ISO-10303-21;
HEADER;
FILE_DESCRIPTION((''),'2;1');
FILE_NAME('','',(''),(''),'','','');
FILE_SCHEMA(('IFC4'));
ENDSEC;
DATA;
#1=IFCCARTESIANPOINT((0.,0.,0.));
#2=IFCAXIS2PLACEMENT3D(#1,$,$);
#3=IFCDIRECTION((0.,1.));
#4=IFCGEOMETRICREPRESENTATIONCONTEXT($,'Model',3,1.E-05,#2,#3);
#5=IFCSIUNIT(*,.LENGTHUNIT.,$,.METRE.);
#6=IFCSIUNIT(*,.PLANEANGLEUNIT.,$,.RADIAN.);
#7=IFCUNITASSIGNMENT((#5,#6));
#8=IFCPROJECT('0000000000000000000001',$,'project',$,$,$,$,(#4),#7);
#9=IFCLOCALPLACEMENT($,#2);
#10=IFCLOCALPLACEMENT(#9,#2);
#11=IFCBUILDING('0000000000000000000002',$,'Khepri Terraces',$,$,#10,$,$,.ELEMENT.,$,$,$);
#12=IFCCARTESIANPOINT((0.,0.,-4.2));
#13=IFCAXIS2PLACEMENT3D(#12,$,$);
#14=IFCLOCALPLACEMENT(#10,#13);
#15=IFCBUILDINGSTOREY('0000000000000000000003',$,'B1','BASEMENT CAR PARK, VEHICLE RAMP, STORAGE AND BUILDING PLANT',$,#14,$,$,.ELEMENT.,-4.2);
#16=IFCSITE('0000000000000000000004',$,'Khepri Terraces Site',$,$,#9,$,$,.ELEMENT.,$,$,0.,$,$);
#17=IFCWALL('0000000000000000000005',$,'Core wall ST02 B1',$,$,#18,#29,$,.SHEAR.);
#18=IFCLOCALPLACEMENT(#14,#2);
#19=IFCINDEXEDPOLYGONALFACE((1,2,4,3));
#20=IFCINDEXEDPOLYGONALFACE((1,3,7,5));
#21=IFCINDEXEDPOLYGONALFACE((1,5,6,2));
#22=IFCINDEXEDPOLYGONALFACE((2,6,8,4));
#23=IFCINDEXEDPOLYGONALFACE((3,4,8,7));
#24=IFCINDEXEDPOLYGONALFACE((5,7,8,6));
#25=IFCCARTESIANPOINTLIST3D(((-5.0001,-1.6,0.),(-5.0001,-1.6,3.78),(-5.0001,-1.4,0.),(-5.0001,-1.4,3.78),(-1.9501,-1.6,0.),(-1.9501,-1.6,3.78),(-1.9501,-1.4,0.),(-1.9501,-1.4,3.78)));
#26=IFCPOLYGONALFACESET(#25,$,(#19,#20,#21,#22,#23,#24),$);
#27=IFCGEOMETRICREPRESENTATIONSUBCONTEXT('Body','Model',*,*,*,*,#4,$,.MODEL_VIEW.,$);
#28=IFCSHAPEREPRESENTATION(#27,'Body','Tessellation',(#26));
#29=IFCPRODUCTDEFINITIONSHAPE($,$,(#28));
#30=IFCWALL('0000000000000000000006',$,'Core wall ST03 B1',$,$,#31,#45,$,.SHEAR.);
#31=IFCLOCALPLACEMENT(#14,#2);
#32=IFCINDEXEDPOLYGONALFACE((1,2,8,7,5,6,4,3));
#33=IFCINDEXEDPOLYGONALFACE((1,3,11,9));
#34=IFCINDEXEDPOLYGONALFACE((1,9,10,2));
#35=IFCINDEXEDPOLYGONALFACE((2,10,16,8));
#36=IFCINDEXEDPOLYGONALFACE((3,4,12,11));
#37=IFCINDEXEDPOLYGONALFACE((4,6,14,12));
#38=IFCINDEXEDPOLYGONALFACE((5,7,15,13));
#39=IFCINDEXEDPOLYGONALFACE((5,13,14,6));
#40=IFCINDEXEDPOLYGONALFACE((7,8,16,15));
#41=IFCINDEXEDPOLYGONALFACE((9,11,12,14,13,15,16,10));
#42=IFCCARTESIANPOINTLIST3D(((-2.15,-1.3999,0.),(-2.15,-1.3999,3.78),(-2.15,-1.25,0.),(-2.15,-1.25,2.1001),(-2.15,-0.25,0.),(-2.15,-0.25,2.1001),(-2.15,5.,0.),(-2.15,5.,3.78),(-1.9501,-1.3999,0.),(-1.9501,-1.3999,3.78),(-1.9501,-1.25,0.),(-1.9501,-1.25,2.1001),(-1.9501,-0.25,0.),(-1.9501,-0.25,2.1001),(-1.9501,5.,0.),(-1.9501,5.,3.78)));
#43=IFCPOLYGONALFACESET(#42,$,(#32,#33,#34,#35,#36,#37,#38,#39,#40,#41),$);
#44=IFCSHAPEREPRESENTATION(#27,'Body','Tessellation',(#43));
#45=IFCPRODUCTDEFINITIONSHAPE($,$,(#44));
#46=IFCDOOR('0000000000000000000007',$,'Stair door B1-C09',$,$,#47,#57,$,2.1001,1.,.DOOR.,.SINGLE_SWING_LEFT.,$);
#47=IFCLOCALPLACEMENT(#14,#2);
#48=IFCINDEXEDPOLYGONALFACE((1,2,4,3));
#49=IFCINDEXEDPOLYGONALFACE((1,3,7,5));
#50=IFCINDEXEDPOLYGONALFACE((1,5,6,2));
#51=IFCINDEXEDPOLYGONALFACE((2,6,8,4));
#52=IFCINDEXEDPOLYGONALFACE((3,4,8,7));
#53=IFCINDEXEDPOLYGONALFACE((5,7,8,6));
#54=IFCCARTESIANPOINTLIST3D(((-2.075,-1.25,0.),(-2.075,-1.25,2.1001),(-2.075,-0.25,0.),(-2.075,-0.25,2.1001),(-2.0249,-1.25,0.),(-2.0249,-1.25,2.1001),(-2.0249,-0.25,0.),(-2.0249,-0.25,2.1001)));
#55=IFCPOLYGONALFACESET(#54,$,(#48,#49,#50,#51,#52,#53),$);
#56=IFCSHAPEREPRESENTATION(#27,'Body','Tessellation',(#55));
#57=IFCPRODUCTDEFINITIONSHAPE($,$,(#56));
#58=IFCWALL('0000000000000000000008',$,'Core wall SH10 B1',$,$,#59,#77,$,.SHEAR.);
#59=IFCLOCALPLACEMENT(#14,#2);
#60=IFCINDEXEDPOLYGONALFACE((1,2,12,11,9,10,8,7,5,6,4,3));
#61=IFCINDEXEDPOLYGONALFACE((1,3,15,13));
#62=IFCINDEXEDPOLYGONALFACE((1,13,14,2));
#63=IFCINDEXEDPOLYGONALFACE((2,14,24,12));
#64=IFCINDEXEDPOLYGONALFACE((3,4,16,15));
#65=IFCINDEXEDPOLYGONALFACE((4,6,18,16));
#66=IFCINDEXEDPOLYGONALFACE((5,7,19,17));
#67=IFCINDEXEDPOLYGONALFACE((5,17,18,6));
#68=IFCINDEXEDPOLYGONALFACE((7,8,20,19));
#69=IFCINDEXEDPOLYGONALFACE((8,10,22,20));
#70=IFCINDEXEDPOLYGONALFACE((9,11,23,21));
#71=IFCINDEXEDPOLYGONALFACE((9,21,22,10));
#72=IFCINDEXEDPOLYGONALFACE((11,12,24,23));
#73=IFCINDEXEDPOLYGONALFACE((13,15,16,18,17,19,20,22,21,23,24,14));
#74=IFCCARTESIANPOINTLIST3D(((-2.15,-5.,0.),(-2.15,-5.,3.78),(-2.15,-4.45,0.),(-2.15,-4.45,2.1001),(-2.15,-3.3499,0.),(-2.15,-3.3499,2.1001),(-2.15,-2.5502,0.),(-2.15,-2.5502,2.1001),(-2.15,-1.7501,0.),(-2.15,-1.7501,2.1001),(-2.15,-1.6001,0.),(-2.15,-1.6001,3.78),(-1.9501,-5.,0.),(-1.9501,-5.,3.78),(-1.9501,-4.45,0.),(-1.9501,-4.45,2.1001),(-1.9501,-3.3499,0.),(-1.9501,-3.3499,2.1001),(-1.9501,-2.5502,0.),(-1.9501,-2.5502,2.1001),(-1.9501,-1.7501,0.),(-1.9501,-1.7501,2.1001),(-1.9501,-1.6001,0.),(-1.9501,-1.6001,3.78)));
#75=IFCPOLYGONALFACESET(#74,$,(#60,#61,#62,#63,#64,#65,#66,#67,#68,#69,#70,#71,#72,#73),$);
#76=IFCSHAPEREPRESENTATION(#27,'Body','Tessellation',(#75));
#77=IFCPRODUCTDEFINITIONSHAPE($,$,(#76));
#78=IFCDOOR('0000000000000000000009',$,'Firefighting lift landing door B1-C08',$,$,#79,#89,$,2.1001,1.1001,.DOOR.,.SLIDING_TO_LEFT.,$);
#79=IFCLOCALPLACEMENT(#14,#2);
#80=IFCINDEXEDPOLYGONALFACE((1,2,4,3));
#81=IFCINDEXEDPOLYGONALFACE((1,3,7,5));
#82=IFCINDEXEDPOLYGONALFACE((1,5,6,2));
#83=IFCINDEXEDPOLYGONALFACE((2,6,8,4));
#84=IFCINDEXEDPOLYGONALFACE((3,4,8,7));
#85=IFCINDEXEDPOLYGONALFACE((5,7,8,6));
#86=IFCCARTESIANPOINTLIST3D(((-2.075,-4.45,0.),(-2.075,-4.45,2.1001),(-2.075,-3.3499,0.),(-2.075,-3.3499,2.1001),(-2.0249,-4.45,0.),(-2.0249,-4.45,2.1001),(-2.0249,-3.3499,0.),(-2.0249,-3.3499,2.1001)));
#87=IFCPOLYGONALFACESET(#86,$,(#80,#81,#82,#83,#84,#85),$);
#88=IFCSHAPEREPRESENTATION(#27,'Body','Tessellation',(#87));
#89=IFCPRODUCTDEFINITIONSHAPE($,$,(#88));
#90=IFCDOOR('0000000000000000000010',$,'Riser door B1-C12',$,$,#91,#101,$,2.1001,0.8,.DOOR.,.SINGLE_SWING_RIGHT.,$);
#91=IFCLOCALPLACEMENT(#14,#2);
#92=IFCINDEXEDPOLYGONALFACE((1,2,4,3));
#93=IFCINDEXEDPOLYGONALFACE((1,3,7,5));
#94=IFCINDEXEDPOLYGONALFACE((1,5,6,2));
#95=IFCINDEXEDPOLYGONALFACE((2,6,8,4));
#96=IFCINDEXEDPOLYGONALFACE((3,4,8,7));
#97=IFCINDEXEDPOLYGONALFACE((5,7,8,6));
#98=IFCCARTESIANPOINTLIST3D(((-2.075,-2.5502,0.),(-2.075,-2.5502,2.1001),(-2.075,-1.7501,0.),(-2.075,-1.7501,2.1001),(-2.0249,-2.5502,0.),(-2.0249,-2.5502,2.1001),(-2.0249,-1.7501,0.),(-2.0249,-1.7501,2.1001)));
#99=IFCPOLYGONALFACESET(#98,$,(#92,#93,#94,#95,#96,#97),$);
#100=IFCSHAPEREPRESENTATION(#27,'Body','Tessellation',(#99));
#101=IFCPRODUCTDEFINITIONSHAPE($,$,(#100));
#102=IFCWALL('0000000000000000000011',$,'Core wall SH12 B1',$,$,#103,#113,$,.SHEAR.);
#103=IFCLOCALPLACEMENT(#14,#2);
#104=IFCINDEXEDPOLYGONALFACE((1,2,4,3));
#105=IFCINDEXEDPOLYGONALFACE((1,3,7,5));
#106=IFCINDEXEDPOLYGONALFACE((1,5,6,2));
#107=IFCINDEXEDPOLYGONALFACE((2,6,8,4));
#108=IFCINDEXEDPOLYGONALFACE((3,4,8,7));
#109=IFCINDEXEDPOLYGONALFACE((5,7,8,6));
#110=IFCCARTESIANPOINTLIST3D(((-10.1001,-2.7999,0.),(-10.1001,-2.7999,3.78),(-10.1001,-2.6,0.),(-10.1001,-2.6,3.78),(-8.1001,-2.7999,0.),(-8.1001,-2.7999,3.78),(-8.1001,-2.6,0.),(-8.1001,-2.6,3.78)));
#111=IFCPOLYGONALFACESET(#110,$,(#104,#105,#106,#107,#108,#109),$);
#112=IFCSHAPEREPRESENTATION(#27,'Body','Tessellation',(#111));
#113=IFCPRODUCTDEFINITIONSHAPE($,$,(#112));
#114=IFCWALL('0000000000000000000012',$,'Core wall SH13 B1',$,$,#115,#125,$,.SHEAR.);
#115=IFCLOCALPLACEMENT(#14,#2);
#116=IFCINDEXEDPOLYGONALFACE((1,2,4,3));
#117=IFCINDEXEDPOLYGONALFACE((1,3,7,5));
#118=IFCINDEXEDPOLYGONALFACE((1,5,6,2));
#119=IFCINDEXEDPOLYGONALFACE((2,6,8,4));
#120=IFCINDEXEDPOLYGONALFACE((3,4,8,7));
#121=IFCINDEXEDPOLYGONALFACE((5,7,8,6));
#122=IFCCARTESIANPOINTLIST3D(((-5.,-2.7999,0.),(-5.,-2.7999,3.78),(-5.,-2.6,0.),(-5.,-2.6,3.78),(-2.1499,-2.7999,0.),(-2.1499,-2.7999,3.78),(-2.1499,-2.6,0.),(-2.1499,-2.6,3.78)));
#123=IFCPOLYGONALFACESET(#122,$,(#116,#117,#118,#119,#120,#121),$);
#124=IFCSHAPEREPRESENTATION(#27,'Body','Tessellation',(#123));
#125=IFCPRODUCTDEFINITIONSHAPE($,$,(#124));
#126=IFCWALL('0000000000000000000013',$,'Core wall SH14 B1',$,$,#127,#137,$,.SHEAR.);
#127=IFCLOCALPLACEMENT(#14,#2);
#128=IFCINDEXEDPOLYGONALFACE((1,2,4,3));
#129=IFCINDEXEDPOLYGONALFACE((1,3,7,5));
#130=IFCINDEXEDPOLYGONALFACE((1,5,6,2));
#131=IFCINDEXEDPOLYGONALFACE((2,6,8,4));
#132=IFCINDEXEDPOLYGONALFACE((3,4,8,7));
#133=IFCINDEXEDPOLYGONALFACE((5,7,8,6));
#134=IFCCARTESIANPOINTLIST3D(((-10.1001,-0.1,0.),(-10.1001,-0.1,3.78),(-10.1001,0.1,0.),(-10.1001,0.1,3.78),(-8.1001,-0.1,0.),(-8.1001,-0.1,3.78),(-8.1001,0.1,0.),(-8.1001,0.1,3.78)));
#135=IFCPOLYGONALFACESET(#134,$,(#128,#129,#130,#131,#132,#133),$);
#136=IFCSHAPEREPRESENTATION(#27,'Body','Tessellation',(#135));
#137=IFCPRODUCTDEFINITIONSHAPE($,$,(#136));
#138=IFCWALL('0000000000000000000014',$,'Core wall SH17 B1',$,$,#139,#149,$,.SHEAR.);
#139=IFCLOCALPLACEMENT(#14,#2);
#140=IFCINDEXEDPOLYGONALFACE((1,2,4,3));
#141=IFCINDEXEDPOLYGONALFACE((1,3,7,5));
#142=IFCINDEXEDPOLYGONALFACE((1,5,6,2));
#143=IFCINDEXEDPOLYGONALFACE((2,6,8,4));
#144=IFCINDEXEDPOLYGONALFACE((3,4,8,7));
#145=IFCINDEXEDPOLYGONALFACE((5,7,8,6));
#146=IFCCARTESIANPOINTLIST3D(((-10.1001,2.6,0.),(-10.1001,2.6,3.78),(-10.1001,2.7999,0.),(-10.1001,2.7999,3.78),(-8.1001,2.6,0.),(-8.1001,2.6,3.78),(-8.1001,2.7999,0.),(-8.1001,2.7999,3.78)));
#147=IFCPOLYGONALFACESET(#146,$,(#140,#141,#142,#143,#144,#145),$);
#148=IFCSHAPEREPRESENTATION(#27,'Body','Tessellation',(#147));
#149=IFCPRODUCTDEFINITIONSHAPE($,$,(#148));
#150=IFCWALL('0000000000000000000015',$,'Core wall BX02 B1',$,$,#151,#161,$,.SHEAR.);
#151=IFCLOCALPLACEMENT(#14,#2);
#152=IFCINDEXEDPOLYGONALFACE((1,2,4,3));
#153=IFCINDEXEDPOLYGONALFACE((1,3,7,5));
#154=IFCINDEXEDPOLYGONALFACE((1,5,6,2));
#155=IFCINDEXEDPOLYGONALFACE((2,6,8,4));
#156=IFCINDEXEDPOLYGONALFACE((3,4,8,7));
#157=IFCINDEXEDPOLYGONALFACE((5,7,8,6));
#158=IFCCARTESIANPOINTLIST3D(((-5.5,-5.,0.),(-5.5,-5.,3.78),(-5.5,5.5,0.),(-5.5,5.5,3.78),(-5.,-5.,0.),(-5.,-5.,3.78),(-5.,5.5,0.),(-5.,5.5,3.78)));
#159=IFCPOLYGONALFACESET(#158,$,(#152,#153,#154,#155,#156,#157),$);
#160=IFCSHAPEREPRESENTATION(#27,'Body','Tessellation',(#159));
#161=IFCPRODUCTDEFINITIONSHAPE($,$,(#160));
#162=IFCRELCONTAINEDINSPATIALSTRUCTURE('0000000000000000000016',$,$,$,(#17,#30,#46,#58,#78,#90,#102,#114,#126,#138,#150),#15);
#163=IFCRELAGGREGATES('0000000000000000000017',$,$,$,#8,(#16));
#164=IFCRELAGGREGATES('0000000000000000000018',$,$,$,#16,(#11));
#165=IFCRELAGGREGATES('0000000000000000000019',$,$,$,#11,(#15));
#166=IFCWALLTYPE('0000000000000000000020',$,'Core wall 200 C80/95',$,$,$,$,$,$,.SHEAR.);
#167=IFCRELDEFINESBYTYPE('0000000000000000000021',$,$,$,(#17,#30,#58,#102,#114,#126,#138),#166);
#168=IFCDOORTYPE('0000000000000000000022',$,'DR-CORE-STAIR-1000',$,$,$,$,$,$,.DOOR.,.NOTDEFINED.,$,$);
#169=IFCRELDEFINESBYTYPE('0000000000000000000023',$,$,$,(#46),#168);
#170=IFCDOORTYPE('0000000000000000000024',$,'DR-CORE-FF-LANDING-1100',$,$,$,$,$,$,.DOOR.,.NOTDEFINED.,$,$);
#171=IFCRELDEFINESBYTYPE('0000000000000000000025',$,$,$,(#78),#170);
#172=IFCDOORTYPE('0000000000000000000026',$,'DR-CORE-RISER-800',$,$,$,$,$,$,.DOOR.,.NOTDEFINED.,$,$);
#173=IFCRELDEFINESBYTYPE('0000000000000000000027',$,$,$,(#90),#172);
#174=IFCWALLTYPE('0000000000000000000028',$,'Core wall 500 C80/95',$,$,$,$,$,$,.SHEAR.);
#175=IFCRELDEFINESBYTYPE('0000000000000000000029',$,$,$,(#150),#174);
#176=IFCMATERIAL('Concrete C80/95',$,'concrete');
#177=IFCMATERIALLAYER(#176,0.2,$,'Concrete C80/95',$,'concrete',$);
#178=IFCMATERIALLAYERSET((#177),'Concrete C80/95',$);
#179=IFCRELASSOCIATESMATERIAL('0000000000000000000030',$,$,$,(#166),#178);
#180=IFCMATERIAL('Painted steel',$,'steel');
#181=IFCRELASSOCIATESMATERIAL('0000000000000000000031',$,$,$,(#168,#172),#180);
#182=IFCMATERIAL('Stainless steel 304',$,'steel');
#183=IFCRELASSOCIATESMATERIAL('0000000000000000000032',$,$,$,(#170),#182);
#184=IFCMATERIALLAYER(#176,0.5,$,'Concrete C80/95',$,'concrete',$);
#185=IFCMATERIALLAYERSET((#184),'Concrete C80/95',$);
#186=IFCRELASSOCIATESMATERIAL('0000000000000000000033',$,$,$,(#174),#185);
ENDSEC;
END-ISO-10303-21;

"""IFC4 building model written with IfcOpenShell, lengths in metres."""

from ifc_helpers import new_model, si_unit, direction, frame, frame_2d, origin, place, context, subcontext, project, spatial, rectangle, extrude, material, layer, layer_set, type_object, element, fill, save


model = new_model("IFC4")

# Units and contexts
model_context = context("Model", 3, precision=1e-05, world=origin(), true_north=direction((0.0, 1.0)))
body_context = subcontext(model_context, "Body", "Model", "MODEL_VIEW")
ifc_project = project(units=[si_unit("LENGTHUNIT", "METRE"), si_unit("PLANEANGLEUNIT", "RADIAN")], contexts=[model_context])

# Site, building, storey
site_placement = place(None, origin())
site = spatial("IfcSite", under=ifc_project, at=site_placement, Name="Khepri Terraces Site", CompositionType="ELEMENT", RefElevation=0.0)
building_placement = place(site_placement, origin())
building = spatial("IfcBuilding", under=site, at=building_placement, Name="Khepri Terraces", CompositionType="ELEMENT")
storey_placement = place(building_placement, frame((0.0, 0.0, -4.2)))
storey = spatial("IfcBuildingStorey", under=building, at=storey_placement, Name="B1", Description="BASEMENT CAR PARK, VEHICLE RAMP, STORAGE AND BUILDING PLANT", CompositionType="ELEMENT", Elevation=-4.2)

# Wall
ifc_material_1 = material(Name="Concrete C80/95", Category="concrete")
ifc_layer_1 = layer(ifc_material_1, 0.2, Name="Concrete C80/95", Category="concrete")
ifc_layer_set_1 = layer_set([ifc_layer_1], Name="Concrete C80/95")
wall_type_1 = type_object("IfcWallType", Name="Core wall 200 C80/95", PredefinedType="SHEAR", material=ifc_layer_set_1)
wall_1_placement = place(storey_placement, frame((-5.0, -1.5, 0.0), z_axis=(0.0, 0.0, 1.0), x_axis=(1.0, 0.0, 0.0)))
element("IfcWall", 1, at=wall_1_placement, inside=storey, type_object=wall_type_1, Name="Core wall ST02 B1", PredefinedType="SHEAR", context=body_context, shape_type="SweptSolid", body=[
    extrude(rectangle(XDim=3.05, YDim=0.2, at=frame_2d((1.5249, 0.0))), origin(), (0.0, 0.0, 1.0), 3.78),
])

# Wall, opening, door
wall_2_placement = place(storey_placement, frame((-2.05, -1.3999, 0.0), z_axis=(0.0, 0.0, 1.0), x_axis=(0.0, 1.0, 0.0)))
wall_2 = element("IfcWall", 2, at=wall_2_placement, inside=storey, type_object=wall_type_1, Name="Core wall ST03 B1", PredefinedType="SHEAR", context=body_context, shape_type="SweptSolid", body=[
    extrude(rectangle(XDim=6.3999, YDim=0.2, at=frame_2d((3.2, 0.0))), origin(), (0.0, 0.0, 1.0), 3.78),
])
opening_1_placement = place(wall_2_placement, frame((0.1499, 0.0, 0.0)))
opening_1 = element("IfcOpeningElement", 3, at=opening_1_placement, cuts=wall_2, PredefinedType="OPENING", context=body_context, shape_type="SweptSolid", body=[
    extrude(rectangle(XDim=1.0, YDim=2.1001, at=frame_2d((0.5, 1.05))), frame((0.0, 0.1099, 0.0), z_axis=(0.0, -1.0, 0.0), x_axis=(1.0, 0.0, 0.0)), (0.0, 0.0, 1.0), 0.22),
])
ifc_material_2 = material(Name="Painted steel", Category="steel")
door_type_1 = type_object("IfcDoorType", Name="DR-CORE-STAIR-1000", OperationType="NOTDEFINED", PredefinedType="DOOR", material=ifc_material_2)
door_1_placement = place(opening_1_placement, origin())
door_1 = element("IfcDoor", 4, at=door_1_placement, inside=storey, type_object=door_type_1, Name="Stair door B1-C09", OperationType="SINGLE_SWING_LEFT", OverallHeight=2.1001, OverallWidth=1.0, PredefinedType="DOOR", context=body_context, shape_type="SweptSolid", body=[
    extrude(rectangle(XDim=1.0, YDim=2.1001, at=frame_2d((0.5, 1.05))), frame((0.0, 0.0249, 0.0), z_axis=(0.0, -1.0, 0.0), x_axis=(1.0, 0.0, 0.0)), (0.0, 0.0, 1.0), 0.05),
])
fill(opening_1, door_1)

# Wall, openings, doors
wall_3_placement = place(storey_placement, frame((-2.05, -5.0, 0.0), z_axis=(0.0, 0.0, 1.0), x_axis=(0.0, 1.0, 0.0)))
wall_3 = element("IfcWall", 5, at=wall_3_placement, inside=storey, type_object=wall_type_1, Name="Core wall SH10 B1", PredefinedType="SHEAR", context=body_context, shape_type="SweptSolid", body=[
    extrude(rectangle(XDim=3.3999, YDim=0.2, at=frame_2d((1.7, 0.0))), origin(), (0.0, 0.0, 1.0), 3.78),
])
opening_2_placement = place(wall_3_placement, frame((0.55, 0.0, 0.0)))
opening_2 = element("IfcOpeningElement", 6, at=opening_2_placement, cuts=wall_3, PredefinedType="OPENING", context=body_context, shape_type="SweptSolid", body=[
    extrude(rectangle(XDim=1.1001, YDim=2.1001, at=frame_2d((0.55, 1.05))), frame((0.0, 0.1099, 0.0), z_axis=(0.0, -1.0, 0.0), x_axis=(1.0, 0.0, 0.0)), (0.0, 0.0, 1.0), 0.22),
])
opening_3_placement = place(wall_3_placement, frame((2.45, 0.0, 0.0)))
opening_3 = element("IfcOpeningElement", 7, at=opening_3_placement, cuts=wall_3, PredefinedType="OPENING", context=body_context, shape_type="SweptSolid", body=[
    extrude(rectangle(XDim=0.8, YDim=2.1001, at=frame_2d((0.3999, 1.05))), frame((0.0, 0.1099, 0.0), z_axis=(0.0, -1.0, 0.0), x_axis=(1.0, 0.0, 0.0)), (0.0, 0.0, 1.0), 0.22),
])
ifc_material_3 = material(Name="Stainless steel 304", Category="steel")
door_type_2 = type_object("IfcDoorType", Name="DR-CORE-FF-LANDING-1100", OperationType="NOTDEFINED", PredefinedType="DOOR", material=ifc_material_3)
door_2_placement = place(opening_2_placement, origin())
door_2 = element("IfcDoor", 8, at=door_2_placement, inside=storey, type_object=door_type_2, Name="Firefighting lift landing door B1-C08", OperationType="SLIDING_TO_LEFT", OverallHeight=2.1001, OverallWidth=1.1001, PredefinedType="DOOR", context=body_context, shape_type="SweptSolid", body=[
    extrude(rectangle(XDim=1.1001, YDim=2.1001, at=frame_2d((0.55, 1.05))), frame((0.0, 0.0249, 0.0), z_axis=(0.0, -1.0, 0.0), x_axis=(1.0, 0.0, 0.0)), (0.0, 0.0, 1.0), 0.05),
])
fill(opening_2, door_2)
door_type_3 = type_object("IfcDoorType", Name="DR-CORE-RISER-800", OperationType="NOTDEFINED", PredefinedType="DOOR", material=ifc_material_2)
door_3_placement = place(opening_3_placement, origin())
door_3 = element("IfcDoor", 9, at=door_3_placement, inside=storey, type_object=door_type_3, Name="Riser door B1-C12", OperationType="SINGLE_SWING_RIGHT", OverallHeight=2.1001, OverallWidth=0.8, PredefinedType="DOOR", context=body_context, shape_type="SweptSolid", body=[
    extrude(rectangle(XDim=0.8, YDim=2.1001, at=frame_2d((0.3999, 1.05))), frame((0.0, 0.0249, 0.0), z_axis=(0.0, -1.0, 0.0), x_axis=(1.0, 0.0, 0.0)), (0.0, 0.0, 1.0), 0.05),
])
fill(opening_3, door_3)

# Walls
wall_4_placement = place(storey_placement, frame((-10.1001, -2.7, 0.0), z_axis=(0.0, 0.0, 1.0), x_axis=(1.0, 0.0, 0.0)))
element("IfcWall", 10, at=wall_4_placement, inside=storey, type_object=wall_type_1, Name="Core wall SH12 B1", PredefinedType="SHEAR", context=body_context, shape_type="SweptSolid", body=[
    extrude(rectangle(XDim=2.0, YDim=0.2, at=frame_2d((1.0, 0.0))), origin(), (0.0, 0.0, 1.0), 3.78),
])
wall_5_placement = place(storey_placement, frame((-5.0, -2.7, 0.0), z_axis=(0.0, 0.0, 1.0), x_axis=(1.0, 0.0, 0.0)))
element("IfcWall", 11, at=wall_5_placement, inside=storey, type_object=wall_type_1, Name="Core wall SH13 B1", PredefinedType="SHEAR", context=body_context, shape_type="SweptSolid", body=[
    extrude(rectangle(XDim=2.8501, YDim=0.2, at=frame_2d((1.425, 0.0))), origin(), (0.0, 0.0, 1.0), 3.78),
])
for number, where, z_axis, x_axis, name in (
    (12, (-10.1001, 0.0, 0.0), (0.0, 0.0, 1.0), (1.0, 0.0, 0.0), "Core wall SH14 B1"),
    (13, (-10.1001, 2.7, 0.0), (0.0, 0.0, 1.0), (1.0, 0.0, 0.0), "Core wall SH17 B1"),
):
    element("IfcWall", number, at=place(storey_placement, frame(where, z_axis=z_axis, x_axis=x_axis)), inside=storey, type_object=wall_type_1, Name=name, PredefinedType="SHEAR", context=body_context, shape_type="SweptSolid", body=[
        extrude(rectangle(XDim=2.0, YDim=0.2, at=frame_2d((1.0, 0.0))), origin(), (0.0, 0.0, 1.0), 3.78),
    ])
ifc_layer_2 = layer(ifc_material_1, 0.5, Name="Concrete C80/95", Category="concrete")
ifc_layer_set_2 = layer_set([ifc_layer_2], Name="Concrete C80/95")
wall_type_2 = type_object("IfcWallType", Name="Core wall 500 C80/95", PredefinedType="SHEAR", material=ifc_layer_set_2)
wall_6_placement = place(storey_placement, frame((-5.25, -5.0, 0.0), z_axis=(0.0, 0.0, 1.0), x_axis=(0.0, 1.0, 0.0)))
element("IfcWall", 14, at=wall_6_placement, inside=storey, type_object=wall_type_2, Name="Core wall BX02 B1", PredefinedType="SHEAR", context=body_context, shape_type="SweptSolid", body=[
    extrude(rectangle(XDim=10.5, YDim=0.5, at=frame_2d((5.25, 0.0))), origin(), (0.0, 0.0, 1.0), 3.78),
])

save(model, "model.ifc")
